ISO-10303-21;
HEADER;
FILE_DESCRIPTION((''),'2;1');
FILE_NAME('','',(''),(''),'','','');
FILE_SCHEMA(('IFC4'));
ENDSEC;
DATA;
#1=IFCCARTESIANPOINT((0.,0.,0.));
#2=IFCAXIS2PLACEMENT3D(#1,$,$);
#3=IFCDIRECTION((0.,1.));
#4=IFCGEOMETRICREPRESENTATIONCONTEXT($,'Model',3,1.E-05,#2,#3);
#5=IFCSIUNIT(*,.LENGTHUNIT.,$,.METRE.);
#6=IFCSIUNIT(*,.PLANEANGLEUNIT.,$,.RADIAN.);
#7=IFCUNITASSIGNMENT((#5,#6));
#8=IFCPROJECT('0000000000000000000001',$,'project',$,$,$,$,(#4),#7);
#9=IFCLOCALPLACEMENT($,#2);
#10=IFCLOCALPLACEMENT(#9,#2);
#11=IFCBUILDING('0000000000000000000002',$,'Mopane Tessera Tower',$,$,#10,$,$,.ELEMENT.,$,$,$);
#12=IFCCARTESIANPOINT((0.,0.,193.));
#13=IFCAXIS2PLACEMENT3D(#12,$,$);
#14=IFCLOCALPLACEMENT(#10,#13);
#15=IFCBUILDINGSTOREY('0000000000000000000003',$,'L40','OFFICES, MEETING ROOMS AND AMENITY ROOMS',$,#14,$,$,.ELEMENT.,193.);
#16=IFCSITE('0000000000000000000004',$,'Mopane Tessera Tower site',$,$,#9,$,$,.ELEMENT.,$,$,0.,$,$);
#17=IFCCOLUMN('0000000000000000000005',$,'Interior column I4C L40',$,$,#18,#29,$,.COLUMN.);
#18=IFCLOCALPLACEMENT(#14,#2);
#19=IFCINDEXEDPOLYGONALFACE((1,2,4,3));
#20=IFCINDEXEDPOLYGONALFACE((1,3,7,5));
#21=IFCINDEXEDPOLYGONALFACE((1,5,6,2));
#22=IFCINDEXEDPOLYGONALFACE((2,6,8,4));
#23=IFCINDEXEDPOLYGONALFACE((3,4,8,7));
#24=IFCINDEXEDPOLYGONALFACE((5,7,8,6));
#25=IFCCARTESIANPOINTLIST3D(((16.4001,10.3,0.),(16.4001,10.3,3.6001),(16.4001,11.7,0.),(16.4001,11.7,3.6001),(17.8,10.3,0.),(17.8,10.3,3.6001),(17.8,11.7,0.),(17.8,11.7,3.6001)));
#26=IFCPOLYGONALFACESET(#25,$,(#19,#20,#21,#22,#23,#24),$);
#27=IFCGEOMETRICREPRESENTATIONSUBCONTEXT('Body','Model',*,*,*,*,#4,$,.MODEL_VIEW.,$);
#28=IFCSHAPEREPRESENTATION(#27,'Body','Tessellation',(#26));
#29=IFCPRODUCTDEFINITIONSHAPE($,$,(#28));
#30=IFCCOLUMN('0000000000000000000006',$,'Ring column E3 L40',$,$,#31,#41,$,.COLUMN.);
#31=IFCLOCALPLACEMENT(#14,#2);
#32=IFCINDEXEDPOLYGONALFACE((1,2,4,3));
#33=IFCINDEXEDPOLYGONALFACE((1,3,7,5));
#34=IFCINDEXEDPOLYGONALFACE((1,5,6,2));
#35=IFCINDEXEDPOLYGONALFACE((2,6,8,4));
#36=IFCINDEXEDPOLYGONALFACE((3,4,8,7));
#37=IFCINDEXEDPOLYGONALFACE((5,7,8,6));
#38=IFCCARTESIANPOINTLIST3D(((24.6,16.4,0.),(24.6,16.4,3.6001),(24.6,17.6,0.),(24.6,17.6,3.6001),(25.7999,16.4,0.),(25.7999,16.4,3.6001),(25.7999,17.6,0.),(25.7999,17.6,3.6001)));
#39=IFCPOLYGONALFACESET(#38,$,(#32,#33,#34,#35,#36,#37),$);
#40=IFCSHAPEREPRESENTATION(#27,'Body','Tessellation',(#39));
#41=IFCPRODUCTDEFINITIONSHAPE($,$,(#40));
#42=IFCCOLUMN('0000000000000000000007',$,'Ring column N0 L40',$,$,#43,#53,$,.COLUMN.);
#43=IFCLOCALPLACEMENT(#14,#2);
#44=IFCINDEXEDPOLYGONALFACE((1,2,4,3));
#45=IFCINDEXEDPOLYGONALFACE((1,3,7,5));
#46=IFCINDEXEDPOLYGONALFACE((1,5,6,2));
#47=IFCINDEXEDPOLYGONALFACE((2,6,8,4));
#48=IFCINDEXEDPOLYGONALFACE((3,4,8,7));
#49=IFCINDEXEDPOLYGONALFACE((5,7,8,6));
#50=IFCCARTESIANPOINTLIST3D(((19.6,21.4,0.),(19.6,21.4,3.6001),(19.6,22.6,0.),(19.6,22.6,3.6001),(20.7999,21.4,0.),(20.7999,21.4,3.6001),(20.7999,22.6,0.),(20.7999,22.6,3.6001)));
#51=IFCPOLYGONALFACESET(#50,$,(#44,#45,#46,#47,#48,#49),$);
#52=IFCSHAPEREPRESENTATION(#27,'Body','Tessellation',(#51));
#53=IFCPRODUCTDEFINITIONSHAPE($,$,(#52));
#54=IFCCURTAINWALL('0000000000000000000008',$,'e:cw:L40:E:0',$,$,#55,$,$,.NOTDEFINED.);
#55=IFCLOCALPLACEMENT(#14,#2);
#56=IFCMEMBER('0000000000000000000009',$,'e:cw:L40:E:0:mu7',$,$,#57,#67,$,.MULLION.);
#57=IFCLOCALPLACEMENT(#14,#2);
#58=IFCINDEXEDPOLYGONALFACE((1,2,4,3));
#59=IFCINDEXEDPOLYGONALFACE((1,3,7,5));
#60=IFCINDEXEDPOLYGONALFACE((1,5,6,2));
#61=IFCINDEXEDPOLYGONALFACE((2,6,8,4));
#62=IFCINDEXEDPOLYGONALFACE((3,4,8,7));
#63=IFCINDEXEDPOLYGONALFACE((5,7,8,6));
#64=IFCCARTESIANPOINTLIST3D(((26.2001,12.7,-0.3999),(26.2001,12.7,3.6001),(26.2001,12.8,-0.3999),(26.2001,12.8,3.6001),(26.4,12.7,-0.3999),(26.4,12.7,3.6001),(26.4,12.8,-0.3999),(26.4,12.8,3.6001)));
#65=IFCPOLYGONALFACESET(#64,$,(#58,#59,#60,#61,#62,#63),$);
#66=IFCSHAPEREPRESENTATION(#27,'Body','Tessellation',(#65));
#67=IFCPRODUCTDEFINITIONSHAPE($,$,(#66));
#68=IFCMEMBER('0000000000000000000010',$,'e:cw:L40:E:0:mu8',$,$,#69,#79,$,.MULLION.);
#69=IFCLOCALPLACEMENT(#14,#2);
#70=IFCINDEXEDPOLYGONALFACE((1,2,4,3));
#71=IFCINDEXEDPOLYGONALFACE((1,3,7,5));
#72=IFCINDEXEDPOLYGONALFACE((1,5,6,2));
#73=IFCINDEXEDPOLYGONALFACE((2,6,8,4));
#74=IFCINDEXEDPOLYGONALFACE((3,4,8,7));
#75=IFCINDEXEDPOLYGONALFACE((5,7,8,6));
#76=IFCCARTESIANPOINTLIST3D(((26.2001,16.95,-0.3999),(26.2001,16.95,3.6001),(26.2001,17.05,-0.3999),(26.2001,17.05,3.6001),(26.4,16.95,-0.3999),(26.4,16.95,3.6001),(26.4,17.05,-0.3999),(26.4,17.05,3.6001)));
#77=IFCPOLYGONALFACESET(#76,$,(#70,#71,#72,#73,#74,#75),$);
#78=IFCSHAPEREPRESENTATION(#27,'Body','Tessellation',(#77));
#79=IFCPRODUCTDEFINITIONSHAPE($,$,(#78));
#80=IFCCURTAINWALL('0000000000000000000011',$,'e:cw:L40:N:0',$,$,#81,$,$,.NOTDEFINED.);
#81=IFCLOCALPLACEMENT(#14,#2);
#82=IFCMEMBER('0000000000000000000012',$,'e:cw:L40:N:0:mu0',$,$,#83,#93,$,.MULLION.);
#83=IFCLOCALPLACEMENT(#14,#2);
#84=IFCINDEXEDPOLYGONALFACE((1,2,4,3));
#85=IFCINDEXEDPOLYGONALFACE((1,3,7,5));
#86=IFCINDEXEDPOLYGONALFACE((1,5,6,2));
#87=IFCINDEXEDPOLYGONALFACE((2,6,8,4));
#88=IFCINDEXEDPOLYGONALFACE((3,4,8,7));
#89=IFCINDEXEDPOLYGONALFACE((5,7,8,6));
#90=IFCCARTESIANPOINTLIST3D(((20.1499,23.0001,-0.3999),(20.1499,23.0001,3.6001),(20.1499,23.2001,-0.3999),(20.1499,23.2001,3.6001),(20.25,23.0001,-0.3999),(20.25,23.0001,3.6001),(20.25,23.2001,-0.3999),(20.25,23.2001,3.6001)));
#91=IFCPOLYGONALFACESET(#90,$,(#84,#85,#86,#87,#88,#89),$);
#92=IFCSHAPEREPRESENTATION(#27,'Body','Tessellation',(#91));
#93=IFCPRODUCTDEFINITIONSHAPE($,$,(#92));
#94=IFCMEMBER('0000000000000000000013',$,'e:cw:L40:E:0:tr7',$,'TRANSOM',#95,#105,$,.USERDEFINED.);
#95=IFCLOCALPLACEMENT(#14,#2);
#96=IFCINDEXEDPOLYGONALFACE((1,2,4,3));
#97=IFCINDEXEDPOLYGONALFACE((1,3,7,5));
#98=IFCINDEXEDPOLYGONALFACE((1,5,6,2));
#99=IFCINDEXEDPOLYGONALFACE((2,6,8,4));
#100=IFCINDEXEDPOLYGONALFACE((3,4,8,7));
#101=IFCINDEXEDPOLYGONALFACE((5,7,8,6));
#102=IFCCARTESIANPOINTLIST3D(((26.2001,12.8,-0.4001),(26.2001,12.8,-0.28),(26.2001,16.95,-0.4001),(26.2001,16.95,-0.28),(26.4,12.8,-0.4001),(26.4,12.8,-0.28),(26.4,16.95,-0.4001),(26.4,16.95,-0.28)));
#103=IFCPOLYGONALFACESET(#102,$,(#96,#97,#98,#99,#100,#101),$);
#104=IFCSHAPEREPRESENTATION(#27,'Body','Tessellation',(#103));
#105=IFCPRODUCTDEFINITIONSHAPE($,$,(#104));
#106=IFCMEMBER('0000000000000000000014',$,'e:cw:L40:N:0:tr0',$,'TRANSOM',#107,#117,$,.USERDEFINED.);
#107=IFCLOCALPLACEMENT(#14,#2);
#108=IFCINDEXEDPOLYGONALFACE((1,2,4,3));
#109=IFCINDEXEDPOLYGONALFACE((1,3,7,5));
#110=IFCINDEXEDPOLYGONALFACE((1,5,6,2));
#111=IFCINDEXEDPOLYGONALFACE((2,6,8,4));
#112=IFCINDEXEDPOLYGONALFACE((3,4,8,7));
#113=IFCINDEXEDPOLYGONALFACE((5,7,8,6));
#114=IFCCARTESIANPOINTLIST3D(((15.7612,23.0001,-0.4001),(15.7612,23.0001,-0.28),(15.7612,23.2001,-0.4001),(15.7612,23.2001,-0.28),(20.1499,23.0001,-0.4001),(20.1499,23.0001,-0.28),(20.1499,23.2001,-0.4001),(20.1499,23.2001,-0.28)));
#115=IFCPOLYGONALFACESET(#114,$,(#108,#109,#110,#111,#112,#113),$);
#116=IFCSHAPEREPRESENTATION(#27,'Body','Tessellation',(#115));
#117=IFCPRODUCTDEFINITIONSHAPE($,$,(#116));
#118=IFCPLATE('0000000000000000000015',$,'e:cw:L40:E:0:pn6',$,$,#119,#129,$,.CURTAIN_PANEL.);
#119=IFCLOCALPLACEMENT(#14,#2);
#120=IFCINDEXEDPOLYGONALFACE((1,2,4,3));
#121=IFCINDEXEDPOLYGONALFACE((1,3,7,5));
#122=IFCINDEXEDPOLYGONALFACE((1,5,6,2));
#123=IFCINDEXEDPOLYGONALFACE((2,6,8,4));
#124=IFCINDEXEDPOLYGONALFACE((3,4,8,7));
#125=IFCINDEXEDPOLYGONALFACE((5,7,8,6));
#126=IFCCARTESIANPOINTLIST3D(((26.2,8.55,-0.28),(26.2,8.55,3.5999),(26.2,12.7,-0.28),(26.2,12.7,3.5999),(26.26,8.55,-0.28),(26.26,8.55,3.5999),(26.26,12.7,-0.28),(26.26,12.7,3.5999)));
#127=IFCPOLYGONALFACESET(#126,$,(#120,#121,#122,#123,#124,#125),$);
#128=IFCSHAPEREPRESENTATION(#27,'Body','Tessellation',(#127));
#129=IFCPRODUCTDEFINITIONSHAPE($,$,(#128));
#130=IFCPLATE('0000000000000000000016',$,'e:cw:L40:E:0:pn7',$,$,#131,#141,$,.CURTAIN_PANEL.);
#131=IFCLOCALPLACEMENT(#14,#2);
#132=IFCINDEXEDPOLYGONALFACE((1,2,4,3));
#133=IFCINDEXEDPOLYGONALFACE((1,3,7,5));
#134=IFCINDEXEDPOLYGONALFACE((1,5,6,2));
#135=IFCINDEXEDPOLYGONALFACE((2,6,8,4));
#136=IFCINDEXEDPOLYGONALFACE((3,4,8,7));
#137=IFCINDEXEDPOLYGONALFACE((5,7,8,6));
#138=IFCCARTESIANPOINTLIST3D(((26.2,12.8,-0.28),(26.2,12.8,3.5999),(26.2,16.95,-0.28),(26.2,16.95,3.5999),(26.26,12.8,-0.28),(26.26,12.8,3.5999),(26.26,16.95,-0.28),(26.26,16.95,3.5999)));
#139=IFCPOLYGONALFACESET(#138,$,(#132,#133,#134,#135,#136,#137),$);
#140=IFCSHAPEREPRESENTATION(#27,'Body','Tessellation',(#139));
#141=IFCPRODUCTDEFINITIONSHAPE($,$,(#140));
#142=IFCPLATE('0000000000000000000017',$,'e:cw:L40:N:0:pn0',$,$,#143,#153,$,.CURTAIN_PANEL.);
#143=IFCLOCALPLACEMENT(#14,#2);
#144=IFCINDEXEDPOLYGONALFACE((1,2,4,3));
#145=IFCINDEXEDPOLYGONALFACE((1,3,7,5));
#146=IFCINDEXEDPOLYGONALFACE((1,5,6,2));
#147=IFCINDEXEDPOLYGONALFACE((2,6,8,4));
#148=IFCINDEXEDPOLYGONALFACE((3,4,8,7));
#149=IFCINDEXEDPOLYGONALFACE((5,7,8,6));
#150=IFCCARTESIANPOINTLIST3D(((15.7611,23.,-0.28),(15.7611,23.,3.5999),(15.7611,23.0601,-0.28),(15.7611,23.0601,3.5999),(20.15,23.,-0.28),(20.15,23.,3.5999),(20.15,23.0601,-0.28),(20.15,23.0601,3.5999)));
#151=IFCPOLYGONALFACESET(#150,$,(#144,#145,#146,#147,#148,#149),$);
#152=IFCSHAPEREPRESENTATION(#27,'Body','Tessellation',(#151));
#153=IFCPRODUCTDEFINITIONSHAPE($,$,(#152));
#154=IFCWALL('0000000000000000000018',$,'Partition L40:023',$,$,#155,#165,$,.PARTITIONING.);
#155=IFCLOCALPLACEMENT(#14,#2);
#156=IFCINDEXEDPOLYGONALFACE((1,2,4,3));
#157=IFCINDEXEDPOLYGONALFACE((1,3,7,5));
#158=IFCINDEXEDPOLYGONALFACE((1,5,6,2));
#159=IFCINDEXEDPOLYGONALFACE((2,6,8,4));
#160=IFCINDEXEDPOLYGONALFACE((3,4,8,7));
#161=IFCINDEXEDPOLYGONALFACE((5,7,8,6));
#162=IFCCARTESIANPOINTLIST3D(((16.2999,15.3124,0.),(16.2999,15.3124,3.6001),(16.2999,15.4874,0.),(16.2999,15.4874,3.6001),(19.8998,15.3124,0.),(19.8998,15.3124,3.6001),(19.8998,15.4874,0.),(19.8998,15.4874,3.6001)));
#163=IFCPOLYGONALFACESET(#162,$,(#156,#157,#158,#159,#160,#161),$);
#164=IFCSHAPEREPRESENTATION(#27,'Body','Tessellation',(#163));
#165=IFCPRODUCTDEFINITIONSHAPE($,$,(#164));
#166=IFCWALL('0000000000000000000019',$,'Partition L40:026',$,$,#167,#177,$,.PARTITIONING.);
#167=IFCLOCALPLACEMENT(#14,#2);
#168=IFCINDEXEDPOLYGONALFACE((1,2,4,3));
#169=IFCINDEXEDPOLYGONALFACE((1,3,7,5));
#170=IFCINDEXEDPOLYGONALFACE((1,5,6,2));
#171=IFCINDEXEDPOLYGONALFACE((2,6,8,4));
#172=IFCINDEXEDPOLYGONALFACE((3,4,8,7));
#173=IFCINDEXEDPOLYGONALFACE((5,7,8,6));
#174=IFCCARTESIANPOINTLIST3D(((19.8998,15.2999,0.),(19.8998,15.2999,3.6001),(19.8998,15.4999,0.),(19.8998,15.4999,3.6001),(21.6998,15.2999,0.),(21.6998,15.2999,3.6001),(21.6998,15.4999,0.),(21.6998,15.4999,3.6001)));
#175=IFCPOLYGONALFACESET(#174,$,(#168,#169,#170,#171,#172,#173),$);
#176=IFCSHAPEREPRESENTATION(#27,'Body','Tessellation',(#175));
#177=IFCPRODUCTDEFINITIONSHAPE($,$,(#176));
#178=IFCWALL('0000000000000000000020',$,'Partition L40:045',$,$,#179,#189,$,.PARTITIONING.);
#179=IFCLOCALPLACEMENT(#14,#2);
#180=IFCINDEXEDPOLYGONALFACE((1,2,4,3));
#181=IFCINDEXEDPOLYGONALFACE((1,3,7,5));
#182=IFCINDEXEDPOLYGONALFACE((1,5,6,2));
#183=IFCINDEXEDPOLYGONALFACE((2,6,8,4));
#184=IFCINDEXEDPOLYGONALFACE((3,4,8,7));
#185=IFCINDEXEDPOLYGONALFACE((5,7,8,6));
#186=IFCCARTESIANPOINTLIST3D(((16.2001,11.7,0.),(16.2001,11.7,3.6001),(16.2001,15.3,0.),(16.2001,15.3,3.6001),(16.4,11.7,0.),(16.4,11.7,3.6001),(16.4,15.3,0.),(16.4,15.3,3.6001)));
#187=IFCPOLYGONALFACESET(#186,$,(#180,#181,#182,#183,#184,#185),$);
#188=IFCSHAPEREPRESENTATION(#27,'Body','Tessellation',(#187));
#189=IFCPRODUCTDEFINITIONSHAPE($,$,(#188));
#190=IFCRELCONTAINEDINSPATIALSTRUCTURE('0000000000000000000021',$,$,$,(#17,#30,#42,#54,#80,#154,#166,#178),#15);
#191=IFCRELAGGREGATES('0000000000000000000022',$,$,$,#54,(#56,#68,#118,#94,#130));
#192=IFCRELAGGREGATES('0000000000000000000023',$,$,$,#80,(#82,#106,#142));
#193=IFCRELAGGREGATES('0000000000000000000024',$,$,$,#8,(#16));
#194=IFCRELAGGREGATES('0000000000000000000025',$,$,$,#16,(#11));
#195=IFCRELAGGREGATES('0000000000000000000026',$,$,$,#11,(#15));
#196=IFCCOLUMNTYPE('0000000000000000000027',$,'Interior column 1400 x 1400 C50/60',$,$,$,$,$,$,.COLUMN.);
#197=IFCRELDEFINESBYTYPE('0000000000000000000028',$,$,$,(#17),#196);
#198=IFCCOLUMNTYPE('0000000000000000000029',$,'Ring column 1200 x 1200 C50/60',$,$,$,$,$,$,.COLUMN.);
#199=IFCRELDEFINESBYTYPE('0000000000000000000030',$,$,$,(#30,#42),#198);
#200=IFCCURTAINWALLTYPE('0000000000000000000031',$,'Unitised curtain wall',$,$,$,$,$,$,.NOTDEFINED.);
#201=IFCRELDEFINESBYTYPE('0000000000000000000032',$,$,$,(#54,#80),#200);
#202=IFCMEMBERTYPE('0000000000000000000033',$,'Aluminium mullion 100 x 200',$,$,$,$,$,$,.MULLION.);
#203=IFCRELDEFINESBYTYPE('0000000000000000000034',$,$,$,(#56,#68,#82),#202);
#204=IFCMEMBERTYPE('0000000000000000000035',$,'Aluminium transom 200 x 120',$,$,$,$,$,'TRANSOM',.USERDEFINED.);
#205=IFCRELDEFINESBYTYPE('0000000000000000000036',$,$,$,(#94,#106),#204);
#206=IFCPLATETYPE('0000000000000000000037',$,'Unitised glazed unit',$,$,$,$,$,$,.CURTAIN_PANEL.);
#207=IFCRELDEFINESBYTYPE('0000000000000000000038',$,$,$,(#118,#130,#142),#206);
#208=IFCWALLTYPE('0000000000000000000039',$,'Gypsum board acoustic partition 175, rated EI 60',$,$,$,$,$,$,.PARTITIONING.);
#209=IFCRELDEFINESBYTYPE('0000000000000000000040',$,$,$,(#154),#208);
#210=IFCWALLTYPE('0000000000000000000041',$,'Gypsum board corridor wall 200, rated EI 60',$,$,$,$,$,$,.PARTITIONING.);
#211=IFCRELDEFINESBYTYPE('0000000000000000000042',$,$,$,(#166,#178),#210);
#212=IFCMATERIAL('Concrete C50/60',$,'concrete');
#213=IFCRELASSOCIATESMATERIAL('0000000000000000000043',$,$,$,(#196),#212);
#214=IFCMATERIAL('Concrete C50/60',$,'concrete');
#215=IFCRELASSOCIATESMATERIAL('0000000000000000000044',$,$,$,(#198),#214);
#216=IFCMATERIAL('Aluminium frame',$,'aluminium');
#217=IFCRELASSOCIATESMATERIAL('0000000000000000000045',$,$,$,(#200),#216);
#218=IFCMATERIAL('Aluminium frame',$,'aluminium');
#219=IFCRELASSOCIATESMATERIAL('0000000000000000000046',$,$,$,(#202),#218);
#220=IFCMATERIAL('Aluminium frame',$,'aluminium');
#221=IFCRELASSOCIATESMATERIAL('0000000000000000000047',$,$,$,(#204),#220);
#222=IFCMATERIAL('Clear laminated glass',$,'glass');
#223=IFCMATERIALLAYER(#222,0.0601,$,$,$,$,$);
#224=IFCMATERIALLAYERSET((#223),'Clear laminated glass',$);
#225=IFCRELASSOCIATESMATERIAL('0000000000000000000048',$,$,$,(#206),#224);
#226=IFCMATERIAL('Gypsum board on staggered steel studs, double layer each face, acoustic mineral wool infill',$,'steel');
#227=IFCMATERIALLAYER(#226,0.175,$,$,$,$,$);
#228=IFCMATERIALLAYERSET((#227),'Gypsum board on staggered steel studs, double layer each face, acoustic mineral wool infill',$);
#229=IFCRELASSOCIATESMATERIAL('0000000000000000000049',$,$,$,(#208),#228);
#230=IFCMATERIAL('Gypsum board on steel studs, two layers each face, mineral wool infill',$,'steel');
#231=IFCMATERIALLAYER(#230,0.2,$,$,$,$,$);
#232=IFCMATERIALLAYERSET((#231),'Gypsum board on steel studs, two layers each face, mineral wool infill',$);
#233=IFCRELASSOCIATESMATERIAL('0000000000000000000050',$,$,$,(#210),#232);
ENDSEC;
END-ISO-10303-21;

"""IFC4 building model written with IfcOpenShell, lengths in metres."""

from ifc_helpers import new_model, si_unit, direction, frame, frame_2d, origin, origin_2d, place, context, subcontext, project, spatial, rectangle, extrude, material, layer, layer_set, material_profile, profile_set, type_object, element, aggregate, save


model = new_model("IFC4")

# Units and contexts
model_context = context("Model", 3, precision=1e-05, world=origin(), true_north=direction((0.0, 1.0)))
body_context = subcontext(model_context, "Body", "Model", "MODEL_VIEW")
ifc_project = project(units=[si_unit("LENGTHUNIT", "METRE"), si_unit("PLANEANGLEUNIT", "RADIAN")], contexts=[model_context])

# Site, building, storey
site_placement = place(None, origin())
site = spatial("IfcSite", under=ifc_project, at=site_placement, Name="Mopane Tessera Tower site", CompositionType="ELEMENT", RefElevation=0.0)
building_placement = place(site_placement, origin())
building = spatial("IfcBuilding", under=site, at=building_placement, Name="Mopane Tessera Tower", CompositionType="ELEMENT")
storey_placement = place(building_placement, frame((0.0, 0.0, 193.0)))
storey = spatial("IfcBuildingStorey", under=building, at=storey_placement, Name="L40", Description="OFFICES, MEETING ROOMS AND AMENITY ROOMS", CompositionType="ELEMENT", Elevation=193.0)

# Columns
ifc_material_1 = material(Name="Concrete C50/60", Category="concrete")
ifc_material_profile_1 = material_profile(ifc_material_1, rectangle(XDim=1.3999, YDim=1.3999, at=origin_2d()))
ifc_profile_set_1 = profile_set([ifc_material_profile_1], Name="Concrete C50/60")
column_type_1 = type_object("IfcColumnType", Name="Interior column 1400 x 1400 C50/60", PredefinedType="COLUMN", material=ifc_profile_set_1)
column_placement = place(storey_placement, frame((17.1001, 11.0, 0.0), z_axis=(0.0, 0.0, 1.0), x_axis=(1.0, 0.0, 0.0)))
element("IfcColumn", 1, at=column_placement, inside=storey, type_object=column_type_1, Name="Interior column I4C L40", PredefinedType="COLUMN", context=body_context, shape_type="SweptSolid", body=[
    extrude(rectangle(XDim=1.3999, YDim=1.3999, at=origin_2d()), origin(), (0.0, 0.0, 1.0), 3.6001),
])
ifc_material_2 = material(Name="Concrete C50/60", Category="concrete")
ifc_material_profile_2 = material_profile(ifc_material_2, rectangle(XDim=1.2, YDim=1.2, at=origin_2d()))
ifc_profile_set_2 = profile_set([ifc_material_profile_2], Name="Concrete C50/60")
column_type_2 = type_object("IfcColumnType", Name="Ring column 1200 x 1200 C50/60", PredefinedType="COLUMN", material=ifc_profile_set_2)
for number, where, z_axis, x_axis, name in (
    (2, (25.2, 17.0, 0.0), (0.0, 0.0, 1.0), (1.0, 0.0, 0.0), "Ring column E3 L40"),
    (3, (20.2, 22.0, 0.0), (0.0, 0.0, 1.0), (1.0, 0.0, 0.0), "Ring column N0 L40"),
):
    element("IfcColumn", number, at=place(storey_placement, frame(where, z_axis=z_axis, x_axis=x_axis)), inside=storey, type_object=column_type_2, Name=name, PredefinedType="COLUMN", context=body_context, shape_type="SweptSolid", body=[
        extrude(rectangle(XDim=1.2, YDim=1.2, at=origin_2d()), origin(), (0.0, 0.0, 1.0), 3.6001),
    ])

# Curtain wall, members
ifc_material_3 = material(Name="Aluminium frame", Category="aluminium")
curtain_wall_type = type_object("IfcCurtainWallType", Name="Unitised curtain wall", PredefinedType="NOTDEFINED", material=ifc_material_3)
curtain_wall_1_placement = place(storey_placement, origin())
curtain_wall_1 = element("IfcCurtainWall", 4, at=curtain_wall_1_placement, inside=storey, type_object=curtain_wall_type, Name="e:cw:L40:E:0", PredefinedType="NOTDEFINED")
ifc_material_4 = material(Name="Aluminium frame", Category="aluminium")
ifc_material_profile_3 = material_profile(ifc_material_4, rectangle(XDim=0.1001, YDim=0.2, at=origin_2d()))
ifc_profile_set_3 = profile_set([ifc_material_profile_3], Name="Aluminium frame")
member_type_1 = type_object("IfcMemberType", Name="Aluminium mullion 100 x 200", PredefinedType="MULLION", material=ifc_profile_set_3)
member_1_placement = place(storey_placement, frame((26.3, 12.75, -0.3999), z_axis=(0.0, 0.0, 1.0), x_axis=(0.0, 1.0, 0.0)))
member_1 = element("IfcMember", 5, at=member_1_placement, type_object=member_type_1, Name="e:cw:L40:E:0:mu7", PredefinedType="MULLION", context=body_context, shape_type="SweptSolid", body=[
    extrude(rectangle(XDim=0.1001, YDim=0.2, at=origin_2d()), origin(), (0.0, 0.0, 1.0), 4.0),
])
member_2_placement = place(storey_placement, frame((26.3, 17.0, -0.3999), z_axis=(0.0, 0.0, 1.0), x_axis=(0.0, 1.0, 0.0)))
member_2 = element("IfcMember", 6, at=member_2_placement, type_object=member_type_1, Name="e:cw:L40:E:0:mu8", PredefinedType="MULLION", context=body_context, shape_type="SweptSolid", body=[
    extrude(rectangle(XDim=0.1001, YDim=0.2, at=origin_2d()), origin(), (0.0, 0.0, 1.0), 4.0),
])

# Curtain wall, member
curtain_wall_2_placement = place(storey_placement, origin())
curtain_wall_2 = element("IfcCurtainWall", 7, at=curtain_wall_2_placement, inside=storey, type_object=curtain_wall_type, Name="e:cw:L40:N:0", PredefinedType="NOTDEFINED")
member_3_placement = place(storey_placement, frame((20.2, 23.1001, -0.3999), z_axis=(0.0, 0.0, 1.0), x_axis=(-1.0, 0.0, 0.0)))
member_3 = element("IfcMember", 8, at=member_3_placement, type_object=member_type_1, Name="e:cw:L40:N:0:mu0", PredefinedType="MULLION", context=body_context, shape_type="SweptSolid", body=[
    extrude(rectangle(XDim=0.1001, YDim=0.2, at=origin_2d()), origin(), (0.0, 0.0, 1.0), 4.0),
])

# Members
ifc_material_5 = material(Name="Aluminium frame", Category="aluminium")
ifc_material_profile_4 = material_profile(ifc_material_5, rectangle(XDim=0.2, YDim=0.1201, at=origin_2d()))
ifc_profile_set_4 = profile_set([ifc_material_profile_4], Name="Aluminium frame")
member_type_2 = type_object("IfcMemberType", Name="Aluminium transom 200 x 120", ElementType="TRANSOM", PredefinedType="USERDEFINED", material=ifc_profile_set_4)
member_4_placement = place(storey_placement, frame((26.3, 12.8, -0.3401), z_axis=(0.0, 1.0, 0.0), x_axis=(-1.0, 0.0, 0.0)))
member_4 = element("IfcMember", 9, at=member_4_placement, type_object=member_type_2, Name="e:cw:L40:E:0:tr7", ObjectType="TRANSOM", PredefinedType="USERDEFINED", context=body_context, shape_type="SweptSolid", body=[
    extrude(rectangle(XDim=0.2, YDim=0.1201, at=origin_2d()), origin(), (0.0, 0.0, 1.0), 4.1499),
])
member_5_placement = place(storey_placement, frame((20.1499, 23.1001, -0.3401), z_axis=(-1.0, 0.0, 0.0), x_axis=(0.0, -1.0, 0.0)))
member_5 = element("IfcMember", 10, at=member_5_placement, type_object=member_type_2, Name="e:cw:L40:N:0:tr0", ObjectType="TRANSOM", PredefinedType="USERDEFINED", context=body_context, shape_type="SweptSolid", body=[
    extrude(rectangle(XDim=0.2, YDim=0.1201, at=origin_2d()), origin(), (0.0, 0.0, 1.0), 4.3887),
])

# Plates
ifc_material_6 = material(Name="Clear laminated glass", Category="glass")
ifc_layer_1 = layer(ifc_material_6, 0.0601)
ifc_layer_set_1 = layer_set([ifc_layer_1], Name="Clear laminated glass")
plate_type = type_object("IfcPlateType", Name="Unitised glazed unit", PredefinedType="CURTAIN_PANEL", material=ifc_layer_set_1)
plate_1_placement = place(storey_placement, frame((26.23, 10.625, -0.28), z_axis=(0.0, 0.0, 1.0), x_axis=(0.0, 1.0, 0.0)))
plate_1 = element("IfcPlate", 11, at=plate_1_placement, type_object=plate_type, Name="e:cw:L40:E:0:pn6", PredefinedType="CURTAIN_PANEL", context=body_context, shape_type="SweptSolid", body=[
    extrude(rectangle(XDim=4.1499, YDim=0.0601, at=origin_2d()), origin(), (0.0, 0.0, 1.0), 3.8799),
])
plate_2_placement = place(storey_placement, frame((26.23, 14.875, -0.28), z_axis=(0.0, 0.0, 1.0), x_axis=(0.0, 1.0, 0.0)))
plate_2 = element("IfcPlate", 12, at=plate_2_placement, type_object=plate_type, Name="e:cw:L40:E:0:pn7", PredefinedType="CURTAIN_PANEL", context=body_context, shape_type="SweptSolid", body=[
    extrude(rectangle(XDim=4.1499, YDim=0.0601, at=origin_2d()), origin(), (0.0, 0.0, 1.0), 3.8799),
])
aggregate(curtain_wall_1, [member_1, member_2, plate_1, member_4, plate_2])
plate_3_placement = place(storey_placement, frame((17.9556, 23.03, -0.28), z_axis=(0.0, 0.0, 1.0), x_axis=(-1.0, 0.0, 0.0)))
plate_3 = element("IfcPlate", 13, at=plate_3_placement, type_object=plate_type, Name="e:cw:L40:N:0:pn0", PredefinedType="CURTAIN_PANEL", context=body_context, shape_type="SweptSolid", body=[
    extrude(rectangle(XDim=4.3889, YDim=0.0601, at=origin_2d()), origin(), (0.0, 0.0, 1.0), 3.8799),
])
aggregate(curtain_wall_2, [member_3, member_5, plate_3])

# Walls
ifc_material_7 = material(Name="Gypsum board on staggered steel studs, double layer each face, acoustic mineral wool infill", Category="steel")
ifc_layer_2 = layer(ifc_material_7, 0.175)
ifc_layer_set_2 = layer_set([ifc_layer_2], Name="Gypsum board on staggered steel studs, double layer each face, acoustic mineral wool infill")
wall_type_1 = type_object("IfcWallType", Name="Gypsum board acoustic partition 175, rated EI 60", PredefinedType="PARTITIONING", material=ifc_layer_set_2)
wall_1_placement = place(storey_placement, frame((16.3, 15.3999, 0.0), z_axis=(0.0, 0.0, 1.0), x_axis=(1.0, 0.0, 0.0)))
element("IfcWall", 14, at=wall_1_placement, inside=storey, type_object=wall_type_1, Name="Partition L40:023", PredefinedType="PARTITIONING", context=body_context, shape_type="SweptSolid", body=[
    extrude(rectangle(XDim=3.5999, YDim=0.175, at=frame_2d((1.7998, 0.0))), origin(), (0.0, 0.0, 1.0), 3.6001),
])
ifc_material_8 = material(Name="Gypsum board on steel studs, two layers each face, mineral wool infill", Category="steel")
ifc_layer_3 = layer(ifc_material_8, 0.2)
ifc_layer_set_3 = layer_set([ifc_layer_3], Name="Gypsum board on steel studs, two layers each face, mineral wool infill")
wall_type_2 = type_object("IfcWallType", Name="Gypsum board corridor wall 200, rated EI 60", PredefinedType="PARTITIONING", material=ifc_layer_set_3)
wall_2_placement = place(storey_placement, frame((19.8999, 15.3999, 0.0), z_axis=(0.0, 0.0, 1.0), x_axis=(1.0, 0.0, 0.0)))
element("IfcWall", 15, at=wall_2_placement, inside=storey, type_object=wall_type_2, Name="Partition L40:026", PredefinedType="PARTITIONING", context=body_context, shape_type="SweptSolid", body=[
    extrude(rectangle(XDim=1.8, YDim=0.2, at=frame_2d((0.8999, 0.0))), origin(), (0.0, 0.0, 1.0), 3.6001),
])
wall_3_placement = place(storey_placement, frame((16.3, 11.7, 0.0), z_axis=(0.0, 0.0, 1.0), x_axis=(0.0, 1.0, 0.0)))
element("IfcWall", 16, at=wall_3_placement, inside=storey, type_object=wall_type_2, Name="Partition L40:045", PredefinedType="PARTITIONING", context=body_context, shape_type="SweptSolid", body=[
    extrude(rectangle(XDim=3.6001, YDim=0.2, at=frame_2d((1.8, 0.0))), origin(), (0.0, 0.0, 1.0), 3.6001),
])

save(model, "model.ifc")
